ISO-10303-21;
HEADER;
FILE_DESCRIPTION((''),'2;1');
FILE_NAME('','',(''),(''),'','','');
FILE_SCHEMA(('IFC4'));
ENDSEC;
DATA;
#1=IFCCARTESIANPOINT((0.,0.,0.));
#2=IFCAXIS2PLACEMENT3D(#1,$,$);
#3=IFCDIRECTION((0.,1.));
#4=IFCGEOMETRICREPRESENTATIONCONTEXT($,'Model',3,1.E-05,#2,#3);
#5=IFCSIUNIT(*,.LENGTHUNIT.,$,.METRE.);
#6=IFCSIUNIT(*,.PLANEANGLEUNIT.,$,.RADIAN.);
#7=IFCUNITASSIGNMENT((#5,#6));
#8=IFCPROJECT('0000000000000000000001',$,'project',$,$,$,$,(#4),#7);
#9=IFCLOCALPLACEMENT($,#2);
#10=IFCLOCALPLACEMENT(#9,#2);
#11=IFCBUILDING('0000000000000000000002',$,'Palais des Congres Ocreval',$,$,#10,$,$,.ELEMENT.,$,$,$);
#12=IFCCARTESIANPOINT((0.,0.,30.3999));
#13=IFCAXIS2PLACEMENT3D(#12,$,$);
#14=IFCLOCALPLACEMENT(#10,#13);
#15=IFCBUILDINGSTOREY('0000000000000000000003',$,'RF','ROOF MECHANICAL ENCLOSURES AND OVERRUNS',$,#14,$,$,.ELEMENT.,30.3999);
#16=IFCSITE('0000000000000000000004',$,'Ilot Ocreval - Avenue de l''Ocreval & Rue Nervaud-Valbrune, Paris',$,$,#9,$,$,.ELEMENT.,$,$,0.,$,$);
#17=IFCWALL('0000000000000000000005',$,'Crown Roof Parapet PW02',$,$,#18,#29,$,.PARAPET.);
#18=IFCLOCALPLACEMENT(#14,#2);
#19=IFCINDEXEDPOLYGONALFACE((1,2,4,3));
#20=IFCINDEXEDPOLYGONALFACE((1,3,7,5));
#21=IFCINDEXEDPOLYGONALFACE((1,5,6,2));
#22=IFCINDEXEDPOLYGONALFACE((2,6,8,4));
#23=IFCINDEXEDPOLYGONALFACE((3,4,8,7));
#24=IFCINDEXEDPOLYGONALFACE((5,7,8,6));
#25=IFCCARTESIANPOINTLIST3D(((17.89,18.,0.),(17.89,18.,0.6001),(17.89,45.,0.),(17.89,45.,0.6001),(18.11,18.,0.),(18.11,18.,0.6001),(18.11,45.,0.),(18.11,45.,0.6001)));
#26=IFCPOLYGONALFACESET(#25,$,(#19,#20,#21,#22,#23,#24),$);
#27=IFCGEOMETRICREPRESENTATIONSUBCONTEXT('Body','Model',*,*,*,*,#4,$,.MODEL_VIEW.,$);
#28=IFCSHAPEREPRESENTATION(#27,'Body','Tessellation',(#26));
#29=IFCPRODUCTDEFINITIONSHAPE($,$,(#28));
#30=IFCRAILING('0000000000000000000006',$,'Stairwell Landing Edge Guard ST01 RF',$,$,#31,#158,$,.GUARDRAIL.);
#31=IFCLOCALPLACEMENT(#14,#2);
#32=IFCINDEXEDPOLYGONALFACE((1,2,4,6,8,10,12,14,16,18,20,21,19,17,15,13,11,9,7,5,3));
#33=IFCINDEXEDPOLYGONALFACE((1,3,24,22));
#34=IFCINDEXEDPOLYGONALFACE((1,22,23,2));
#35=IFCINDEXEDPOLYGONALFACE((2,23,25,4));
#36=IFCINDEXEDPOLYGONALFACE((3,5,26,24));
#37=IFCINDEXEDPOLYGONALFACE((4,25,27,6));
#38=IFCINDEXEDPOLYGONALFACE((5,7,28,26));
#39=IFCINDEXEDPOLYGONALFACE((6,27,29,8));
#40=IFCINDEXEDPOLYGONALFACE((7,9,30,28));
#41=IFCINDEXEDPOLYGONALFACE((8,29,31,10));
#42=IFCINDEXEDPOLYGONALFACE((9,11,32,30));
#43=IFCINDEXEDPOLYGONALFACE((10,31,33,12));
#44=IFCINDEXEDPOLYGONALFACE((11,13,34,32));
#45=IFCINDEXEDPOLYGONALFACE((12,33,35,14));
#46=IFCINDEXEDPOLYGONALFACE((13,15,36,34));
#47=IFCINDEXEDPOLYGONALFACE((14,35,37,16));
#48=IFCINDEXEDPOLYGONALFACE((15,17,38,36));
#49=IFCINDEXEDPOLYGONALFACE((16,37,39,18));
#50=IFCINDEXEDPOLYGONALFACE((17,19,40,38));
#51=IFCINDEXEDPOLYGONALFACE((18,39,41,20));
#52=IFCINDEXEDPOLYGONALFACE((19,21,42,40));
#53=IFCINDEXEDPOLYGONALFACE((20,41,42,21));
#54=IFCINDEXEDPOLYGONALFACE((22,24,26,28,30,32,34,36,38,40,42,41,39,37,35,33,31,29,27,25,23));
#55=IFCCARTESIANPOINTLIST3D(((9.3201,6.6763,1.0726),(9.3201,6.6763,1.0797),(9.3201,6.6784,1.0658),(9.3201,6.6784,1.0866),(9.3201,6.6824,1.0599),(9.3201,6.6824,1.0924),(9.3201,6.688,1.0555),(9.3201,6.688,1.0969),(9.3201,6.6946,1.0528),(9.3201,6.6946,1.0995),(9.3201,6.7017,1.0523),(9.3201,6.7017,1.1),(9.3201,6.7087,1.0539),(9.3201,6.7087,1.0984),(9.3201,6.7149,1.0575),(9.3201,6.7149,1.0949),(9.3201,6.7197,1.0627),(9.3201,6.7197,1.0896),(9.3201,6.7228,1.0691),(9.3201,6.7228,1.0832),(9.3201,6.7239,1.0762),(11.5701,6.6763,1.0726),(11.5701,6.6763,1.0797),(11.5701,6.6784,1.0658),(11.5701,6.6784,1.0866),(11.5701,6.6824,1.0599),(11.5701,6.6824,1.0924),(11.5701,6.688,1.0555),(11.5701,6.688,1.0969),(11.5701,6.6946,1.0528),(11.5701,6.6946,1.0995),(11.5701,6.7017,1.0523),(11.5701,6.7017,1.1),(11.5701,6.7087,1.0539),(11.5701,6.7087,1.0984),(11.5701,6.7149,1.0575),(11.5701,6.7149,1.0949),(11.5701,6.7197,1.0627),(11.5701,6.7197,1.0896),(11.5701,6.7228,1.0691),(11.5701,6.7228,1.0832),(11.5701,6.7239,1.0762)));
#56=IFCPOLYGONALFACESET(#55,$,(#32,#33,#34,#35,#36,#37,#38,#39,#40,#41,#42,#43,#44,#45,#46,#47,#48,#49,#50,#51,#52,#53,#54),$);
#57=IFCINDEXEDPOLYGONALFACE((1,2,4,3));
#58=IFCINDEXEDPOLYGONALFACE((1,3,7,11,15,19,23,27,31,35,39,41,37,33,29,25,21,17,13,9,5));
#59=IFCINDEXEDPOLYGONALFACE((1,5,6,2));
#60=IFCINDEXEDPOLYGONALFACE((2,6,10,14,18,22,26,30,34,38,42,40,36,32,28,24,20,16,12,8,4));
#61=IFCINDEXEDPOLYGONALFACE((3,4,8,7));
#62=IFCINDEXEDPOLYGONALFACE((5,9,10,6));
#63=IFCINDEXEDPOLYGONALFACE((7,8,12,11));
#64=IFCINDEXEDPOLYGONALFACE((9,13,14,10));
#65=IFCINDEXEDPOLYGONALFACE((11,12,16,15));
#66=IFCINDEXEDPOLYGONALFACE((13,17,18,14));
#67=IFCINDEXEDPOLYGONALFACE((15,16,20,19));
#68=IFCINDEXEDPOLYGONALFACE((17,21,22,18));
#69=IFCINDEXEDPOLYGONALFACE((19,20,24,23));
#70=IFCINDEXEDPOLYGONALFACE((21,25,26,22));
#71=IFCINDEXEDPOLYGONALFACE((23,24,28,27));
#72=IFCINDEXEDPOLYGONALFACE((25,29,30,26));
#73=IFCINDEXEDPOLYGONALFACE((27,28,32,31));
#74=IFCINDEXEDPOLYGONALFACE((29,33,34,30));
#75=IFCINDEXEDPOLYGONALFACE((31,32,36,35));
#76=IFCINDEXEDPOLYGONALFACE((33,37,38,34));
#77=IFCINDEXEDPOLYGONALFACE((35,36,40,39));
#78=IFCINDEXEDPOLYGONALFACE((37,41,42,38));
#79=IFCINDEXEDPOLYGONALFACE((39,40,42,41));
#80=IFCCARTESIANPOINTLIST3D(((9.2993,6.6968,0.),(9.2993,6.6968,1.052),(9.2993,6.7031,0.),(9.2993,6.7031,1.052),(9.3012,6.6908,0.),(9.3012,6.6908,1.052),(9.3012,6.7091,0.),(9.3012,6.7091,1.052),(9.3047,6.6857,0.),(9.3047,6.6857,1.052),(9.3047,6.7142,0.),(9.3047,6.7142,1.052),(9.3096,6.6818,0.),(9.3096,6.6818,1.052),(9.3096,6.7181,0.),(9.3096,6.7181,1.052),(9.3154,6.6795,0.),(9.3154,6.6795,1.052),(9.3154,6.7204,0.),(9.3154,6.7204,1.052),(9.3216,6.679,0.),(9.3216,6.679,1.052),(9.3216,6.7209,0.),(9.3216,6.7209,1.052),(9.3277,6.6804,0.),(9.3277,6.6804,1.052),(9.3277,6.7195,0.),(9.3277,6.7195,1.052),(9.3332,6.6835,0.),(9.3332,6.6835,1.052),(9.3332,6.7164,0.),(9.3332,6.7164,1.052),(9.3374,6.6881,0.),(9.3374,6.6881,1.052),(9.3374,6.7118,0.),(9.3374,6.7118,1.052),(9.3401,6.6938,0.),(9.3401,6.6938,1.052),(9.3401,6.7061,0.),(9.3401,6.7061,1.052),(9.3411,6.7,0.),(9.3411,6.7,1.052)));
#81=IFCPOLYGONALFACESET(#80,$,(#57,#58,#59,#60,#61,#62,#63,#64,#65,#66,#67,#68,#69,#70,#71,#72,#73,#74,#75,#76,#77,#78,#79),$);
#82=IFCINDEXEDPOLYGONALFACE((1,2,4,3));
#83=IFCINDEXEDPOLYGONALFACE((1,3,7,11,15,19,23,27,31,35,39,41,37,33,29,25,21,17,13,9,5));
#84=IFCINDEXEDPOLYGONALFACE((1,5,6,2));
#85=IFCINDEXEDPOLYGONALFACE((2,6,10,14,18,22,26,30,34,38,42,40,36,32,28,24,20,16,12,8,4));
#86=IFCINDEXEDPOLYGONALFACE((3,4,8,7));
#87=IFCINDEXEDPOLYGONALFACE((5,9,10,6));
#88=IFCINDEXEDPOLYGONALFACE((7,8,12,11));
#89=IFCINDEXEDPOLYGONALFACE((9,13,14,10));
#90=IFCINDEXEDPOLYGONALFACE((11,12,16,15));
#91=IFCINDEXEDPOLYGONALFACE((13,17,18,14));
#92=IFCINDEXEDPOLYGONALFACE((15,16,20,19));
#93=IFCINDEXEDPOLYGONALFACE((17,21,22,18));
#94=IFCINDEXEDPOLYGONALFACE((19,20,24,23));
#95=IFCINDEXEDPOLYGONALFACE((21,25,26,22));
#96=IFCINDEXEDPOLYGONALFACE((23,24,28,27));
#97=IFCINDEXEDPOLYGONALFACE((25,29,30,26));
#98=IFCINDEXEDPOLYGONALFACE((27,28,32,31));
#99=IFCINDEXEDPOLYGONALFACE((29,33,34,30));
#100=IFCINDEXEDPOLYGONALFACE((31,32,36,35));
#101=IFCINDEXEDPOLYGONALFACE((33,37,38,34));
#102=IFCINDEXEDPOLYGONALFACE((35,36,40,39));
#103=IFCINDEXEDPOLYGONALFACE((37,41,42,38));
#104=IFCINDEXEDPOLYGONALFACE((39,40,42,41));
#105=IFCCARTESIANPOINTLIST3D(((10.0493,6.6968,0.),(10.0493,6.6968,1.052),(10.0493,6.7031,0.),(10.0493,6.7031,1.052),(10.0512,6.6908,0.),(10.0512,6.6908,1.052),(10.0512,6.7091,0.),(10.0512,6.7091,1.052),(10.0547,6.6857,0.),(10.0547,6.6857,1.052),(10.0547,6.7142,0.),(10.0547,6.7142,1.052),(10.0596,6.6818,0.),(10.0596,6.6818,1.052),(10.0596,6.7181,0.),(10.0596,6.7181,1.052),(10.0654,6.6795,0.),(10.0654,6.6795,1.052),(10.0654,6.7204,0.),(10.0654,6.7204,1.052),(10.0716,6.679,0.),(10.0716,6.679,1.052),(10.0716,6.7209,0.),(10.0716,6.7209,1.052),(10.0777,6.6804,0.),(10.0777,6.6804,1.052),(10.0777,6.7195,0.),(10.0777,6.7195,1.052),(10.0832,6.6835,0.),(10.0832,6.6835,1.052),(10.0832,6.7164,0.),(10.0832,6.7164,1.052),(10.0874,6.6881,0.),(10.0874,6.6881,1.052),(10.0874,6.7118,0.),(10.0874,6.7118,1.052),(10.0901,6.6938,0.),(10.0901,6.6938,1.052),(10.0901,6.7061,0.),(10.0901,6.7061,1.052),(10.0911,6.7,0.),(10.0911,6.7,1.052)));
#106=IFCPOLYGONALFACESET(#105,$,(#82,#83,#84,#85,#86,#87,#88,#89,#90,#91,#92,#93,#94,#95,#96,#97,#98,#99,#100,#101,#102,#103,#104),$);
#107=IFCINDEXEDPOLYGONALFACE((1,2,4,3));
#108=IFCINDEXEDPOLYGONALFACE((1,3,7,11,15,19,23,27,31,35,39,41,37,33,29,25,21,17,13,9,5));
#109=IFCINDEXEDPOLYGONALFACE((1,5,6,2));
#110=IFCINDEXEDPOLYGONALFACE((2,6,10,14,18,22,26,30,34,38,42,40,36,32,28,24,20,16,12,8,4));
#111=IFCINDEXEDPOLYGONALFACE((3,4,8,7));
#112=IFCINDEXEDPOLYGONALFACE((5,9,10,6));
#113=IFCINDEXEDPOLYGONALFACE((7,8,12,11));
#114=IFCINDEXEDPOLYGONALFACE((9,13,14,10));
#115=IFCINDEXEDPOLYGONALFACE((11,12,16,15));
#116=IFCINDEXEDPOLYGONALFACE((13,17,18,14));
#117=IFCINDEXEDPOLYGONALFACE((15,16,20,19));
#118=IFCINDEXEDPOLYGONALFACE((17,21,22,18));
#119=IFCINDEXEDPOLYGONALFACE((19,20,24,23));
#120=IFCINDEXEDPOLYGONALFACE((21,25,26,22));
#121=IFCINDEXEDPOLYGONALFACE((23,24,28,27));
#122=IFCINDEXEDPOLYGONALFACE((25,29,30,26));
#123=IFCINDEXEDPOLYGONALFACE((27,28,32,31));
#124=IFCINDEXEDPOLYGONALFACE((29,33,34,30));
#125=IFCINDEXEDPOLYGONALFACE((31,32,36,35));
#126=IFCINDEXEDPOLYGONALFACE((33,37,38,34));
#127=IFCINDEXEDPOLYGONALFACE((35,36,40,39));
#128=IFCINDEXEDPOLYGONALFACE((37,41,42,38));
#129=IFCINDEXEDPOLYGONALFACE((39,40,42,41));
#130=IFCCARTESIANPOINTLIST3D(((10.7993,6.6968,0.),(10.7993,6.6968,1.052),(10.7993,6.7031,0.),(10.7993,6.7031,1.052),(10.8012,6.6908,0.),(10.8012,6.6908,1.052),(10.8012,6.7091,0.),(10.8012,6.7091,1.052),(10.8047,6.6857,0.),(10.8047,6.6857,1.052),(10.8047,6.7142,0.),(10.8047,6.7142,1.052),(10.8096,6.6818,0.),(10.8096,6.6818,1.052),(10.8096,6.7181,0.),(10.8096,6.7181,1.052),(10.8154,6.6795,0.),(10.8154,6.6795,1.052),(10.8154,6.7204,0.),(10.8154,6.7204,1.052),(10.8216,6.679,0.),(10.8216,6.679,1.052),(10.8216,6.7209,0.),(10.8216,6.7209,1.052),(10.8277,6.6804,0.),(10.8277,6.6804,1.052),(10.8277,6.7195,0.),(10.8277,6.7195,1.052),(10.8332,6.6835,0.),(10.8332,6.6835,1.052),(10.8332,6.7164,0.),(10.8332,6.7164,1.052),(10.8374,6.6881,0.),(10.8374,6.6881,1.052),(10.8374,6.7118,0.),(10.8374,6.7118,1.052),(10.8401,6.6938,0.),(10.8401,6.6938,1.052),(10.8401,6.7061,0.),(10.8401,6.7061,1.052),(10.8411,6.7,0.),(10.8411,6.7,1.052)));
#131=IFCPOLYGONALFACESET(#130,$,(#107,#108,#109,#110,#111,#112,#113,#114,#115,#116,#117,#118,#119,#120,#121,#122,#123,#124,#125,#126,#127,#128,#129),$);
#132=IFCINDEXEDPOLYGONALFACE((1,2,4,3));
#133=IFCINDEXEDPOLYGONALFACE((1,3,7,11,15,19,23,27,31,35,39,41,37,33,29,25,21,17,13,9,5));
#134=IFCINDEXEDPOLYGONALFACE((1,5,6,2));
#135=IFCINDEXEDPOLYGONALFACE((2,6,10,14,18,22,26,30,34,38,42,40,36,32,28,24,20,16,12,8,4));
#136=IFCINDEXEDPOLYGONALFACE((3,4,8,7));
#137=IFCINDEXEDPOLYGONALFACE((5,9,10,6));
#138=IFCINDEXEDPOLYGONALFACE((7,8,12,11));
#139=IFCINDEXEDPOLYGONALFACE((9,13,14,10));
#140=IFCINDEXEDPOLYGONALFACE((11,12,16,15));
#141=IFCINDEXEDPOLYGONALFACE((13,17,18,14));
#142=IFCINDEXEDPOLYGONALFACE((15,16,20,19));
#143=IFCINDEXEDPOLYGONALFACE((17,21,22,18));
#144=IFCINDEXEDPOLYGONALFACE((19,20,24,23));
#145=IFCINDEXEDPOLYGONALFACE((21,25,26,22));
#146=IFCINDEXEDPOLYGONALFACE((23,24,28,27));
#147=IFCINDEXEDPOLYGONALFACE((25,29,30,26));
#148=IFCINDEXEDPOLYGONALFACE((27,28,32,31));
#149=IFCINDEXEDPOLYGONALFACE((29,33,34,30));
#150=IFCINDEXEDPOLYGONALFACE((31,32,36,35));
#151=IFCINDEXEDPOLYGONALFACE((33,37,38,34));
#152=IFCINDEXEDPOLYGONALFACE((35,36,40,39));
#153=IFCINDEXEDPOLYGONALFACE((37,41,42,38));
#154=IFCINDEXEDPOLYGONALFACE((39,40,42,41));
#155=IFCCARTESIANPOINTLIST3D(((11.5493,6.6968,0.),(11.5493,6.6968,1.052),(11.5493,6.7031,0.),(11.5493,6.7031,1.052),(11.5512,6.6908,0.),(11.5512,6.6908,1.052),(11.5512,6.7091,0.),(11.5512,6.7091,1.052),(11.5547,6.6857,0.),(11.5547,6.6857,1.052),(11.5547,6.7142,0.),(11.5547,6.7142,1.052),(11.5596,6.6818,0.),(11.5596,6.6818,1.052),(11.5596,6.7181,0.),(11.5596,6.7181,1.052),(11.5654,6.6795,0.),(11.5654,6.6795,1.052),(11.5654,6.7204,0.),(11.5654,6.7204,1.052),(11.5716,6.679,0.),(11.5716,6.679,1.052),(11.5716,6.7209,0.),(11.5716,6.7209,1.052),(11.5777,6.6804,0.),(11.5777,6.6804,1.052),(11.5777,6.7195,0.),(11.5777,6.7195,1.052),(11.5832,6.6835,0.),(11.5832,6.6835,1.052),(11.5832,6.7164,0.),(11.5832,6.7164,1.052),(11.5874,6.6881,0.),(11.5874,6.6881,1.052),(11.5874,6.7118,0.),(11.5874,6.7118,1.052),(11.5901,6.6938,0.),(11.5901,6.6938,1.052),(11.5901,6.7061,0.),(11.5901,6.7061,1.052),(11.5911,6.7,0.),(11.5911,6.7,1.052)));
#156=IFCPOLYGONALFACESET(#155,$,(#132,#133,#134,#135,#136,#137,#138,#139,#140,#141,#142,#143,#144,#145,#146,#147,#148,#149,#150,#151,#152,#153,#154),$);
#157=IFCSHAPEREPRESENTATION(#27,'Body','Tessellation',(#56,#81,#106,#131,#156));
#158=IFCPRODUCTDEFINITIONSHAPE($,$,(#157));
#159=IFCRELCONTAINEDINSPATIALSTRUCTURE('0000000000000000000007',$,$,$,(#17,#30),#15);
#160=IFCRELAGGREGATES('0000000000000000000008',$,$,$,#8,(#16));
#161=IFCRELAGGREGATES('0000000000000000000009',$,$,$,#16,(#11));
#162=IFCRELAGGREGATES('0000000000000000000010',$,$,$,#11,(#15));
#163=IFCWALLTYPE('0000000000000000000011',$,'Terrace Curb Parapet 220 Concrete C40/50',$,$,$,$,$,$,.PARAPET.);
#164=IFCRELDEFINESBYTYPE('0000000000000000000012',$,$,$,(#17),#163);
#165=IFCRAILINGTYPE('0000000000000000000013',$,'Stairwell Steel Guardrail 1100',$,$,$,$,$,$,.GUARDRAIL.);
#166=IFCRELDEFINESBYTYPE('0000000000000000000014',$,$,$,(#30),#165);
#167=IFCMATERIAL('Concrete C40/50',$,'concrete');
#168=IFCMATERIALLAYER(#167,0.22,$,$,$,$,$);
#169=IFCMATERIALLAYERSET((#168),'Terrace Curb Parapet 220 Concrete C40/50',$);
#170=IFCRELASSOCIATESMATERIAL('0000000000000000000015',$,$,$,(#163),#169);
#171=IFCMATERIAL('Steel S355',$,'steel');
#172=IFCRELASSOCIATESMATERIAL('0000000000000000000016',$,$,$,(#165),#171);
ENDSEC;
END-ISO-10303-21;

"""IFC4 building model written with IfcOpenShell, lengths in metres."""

from ifc_helpers import new_model, si_unit, direction, frame, frame_2d, origin, origin_2d, place, context, subcontext, project, spatial, rectangle, circle, extrude, material, layer, layer_set, type_object, element, save


model = new_model("IFC4")

# Units and contexts
model_context = context("Model", 3, precision=1e-05, world=origin(), true_north=direction((0.0, 1.0)))
body_context = subcontext(model_context, "Body", "Model", "MODEL_VIEW")
ifc_project = project(units=[si_unit("LENGTHUNIT", "METRE"), si_unit("PLANEANGLEUNIT", "RADIAN")], contexts=[model_context])

# Site, building, storey
site_placement = place(None, origin())
site = spatial("IfcSite", under=ifc_project, at=site_placement, Name="Ilot Ocreval - Avenue de l'Ocreval & Rue Nervaud-Valbrune, Paris", CompositionType="ELEMENT", RefElevation=0.0)
building_placement = place(site_placement, origin())
building = spatial("IfcBuilding", under=site, at=building_placement, Name="Palais des Congres Ocreval", CompositionType="ELEMENT")
storey_placement = place(building_placement, frame((0.0, 0.0, 30.3999)))
storey = spatial("IfcBuildingStorey", under=building, at=storey_placement, Name="RF", Description="ROOF MECHANICAL ENCLOSURES AND OVERRUNS", CompositionType="ELEMENT", Elevation=30.3999)

# Shared definitions
ifc_material_1 = material(Name="Concrete C40/50", Category="concrete")

# Wall
ifc_layer_1 = layer(ifc_material_1, 0.22)
ifc_layer_set_1 = layer_set([ifc_layer_1], Name="Terrace Curb Parapet 220 Concrete C40/50")
wall_type_1 = type_object("IfcWallType", Name="Terrace Curb Parapet 220 Concrete C40/50", PredefinedType="PARAPET", material=ifc_layer_set_1)
wall_1_placement = place(storey_placement, frame((18.0, 45.0, 0.0), z_axis=(0.0, 0.0, 1.0), x_axis=(0.0, -1.0, 0.0)))
element("IfcWall", 1, at=wall_1_placement, inside=storey, type_object=wall_type_1, Name="Crown Roof Parapet PW02", PredefinedType="PARAPET", context=body_context, shape_type="SweptSolid", body=[
    extrude(rectangle(XDim=27.0, YDim=0.22, at=frame_2d((13.5, 0.0))), origin(), (0.0, 0.0, 1.0), 0.6001),
])

# Railing
ifc_material_2 = material(Name="Steel S355", Category="steel")
railing_type = type_object("IfcRailingType", Name="Stairwell Steel Guardrail 1100", PredefinedType="GUARDRAIL", material=ifc_material_2)
for number, where, name in (
    (2, (9.3201, 6.7, 0.0), "Stairwell Landing Edge Guard ST01 RF"),
):
    element("IfcRailing", number, at=place(storey_placement, frame(where)), inside=storey, type_object=railing_type, Name=name, PredefinedType="GUARDRAIL", context=body_context, shape_type="SweptSolid", body=[
        extrude(circle(Radius=0.0239, at=origin_2d()), frame((0.0, 0.0, 1.0762), z_axis=(1.0, 0.0, 0.0), x_axis=(0.0, 1.0, 0.0)), (0.0, 0.0, 1.0), 2.25),
        extrude(circle(Radius=0.021, at=origin_2d()), origin(), (0.0, 0.0, 1.0), 1.052),
        extrude(circle(Radius=0.021, at=origin_2d()), frame((0.75, 0.0, 0.0)), (0.0, 0.0, 1.0), 1.052),
        extrude(circle(Radius=0.021, at=origin_2d()), frame((1.5, 0.0, 0.0)), (0.0, 0.0, 1.0), 1.052),
        extrude(circle(Radius=0.021, at=origin_2d()), frame((2.25, 0.0, 0.0)), (0.0, 0.0, 1.0), 1.052),
    ])

save(model, "model.ifc")
